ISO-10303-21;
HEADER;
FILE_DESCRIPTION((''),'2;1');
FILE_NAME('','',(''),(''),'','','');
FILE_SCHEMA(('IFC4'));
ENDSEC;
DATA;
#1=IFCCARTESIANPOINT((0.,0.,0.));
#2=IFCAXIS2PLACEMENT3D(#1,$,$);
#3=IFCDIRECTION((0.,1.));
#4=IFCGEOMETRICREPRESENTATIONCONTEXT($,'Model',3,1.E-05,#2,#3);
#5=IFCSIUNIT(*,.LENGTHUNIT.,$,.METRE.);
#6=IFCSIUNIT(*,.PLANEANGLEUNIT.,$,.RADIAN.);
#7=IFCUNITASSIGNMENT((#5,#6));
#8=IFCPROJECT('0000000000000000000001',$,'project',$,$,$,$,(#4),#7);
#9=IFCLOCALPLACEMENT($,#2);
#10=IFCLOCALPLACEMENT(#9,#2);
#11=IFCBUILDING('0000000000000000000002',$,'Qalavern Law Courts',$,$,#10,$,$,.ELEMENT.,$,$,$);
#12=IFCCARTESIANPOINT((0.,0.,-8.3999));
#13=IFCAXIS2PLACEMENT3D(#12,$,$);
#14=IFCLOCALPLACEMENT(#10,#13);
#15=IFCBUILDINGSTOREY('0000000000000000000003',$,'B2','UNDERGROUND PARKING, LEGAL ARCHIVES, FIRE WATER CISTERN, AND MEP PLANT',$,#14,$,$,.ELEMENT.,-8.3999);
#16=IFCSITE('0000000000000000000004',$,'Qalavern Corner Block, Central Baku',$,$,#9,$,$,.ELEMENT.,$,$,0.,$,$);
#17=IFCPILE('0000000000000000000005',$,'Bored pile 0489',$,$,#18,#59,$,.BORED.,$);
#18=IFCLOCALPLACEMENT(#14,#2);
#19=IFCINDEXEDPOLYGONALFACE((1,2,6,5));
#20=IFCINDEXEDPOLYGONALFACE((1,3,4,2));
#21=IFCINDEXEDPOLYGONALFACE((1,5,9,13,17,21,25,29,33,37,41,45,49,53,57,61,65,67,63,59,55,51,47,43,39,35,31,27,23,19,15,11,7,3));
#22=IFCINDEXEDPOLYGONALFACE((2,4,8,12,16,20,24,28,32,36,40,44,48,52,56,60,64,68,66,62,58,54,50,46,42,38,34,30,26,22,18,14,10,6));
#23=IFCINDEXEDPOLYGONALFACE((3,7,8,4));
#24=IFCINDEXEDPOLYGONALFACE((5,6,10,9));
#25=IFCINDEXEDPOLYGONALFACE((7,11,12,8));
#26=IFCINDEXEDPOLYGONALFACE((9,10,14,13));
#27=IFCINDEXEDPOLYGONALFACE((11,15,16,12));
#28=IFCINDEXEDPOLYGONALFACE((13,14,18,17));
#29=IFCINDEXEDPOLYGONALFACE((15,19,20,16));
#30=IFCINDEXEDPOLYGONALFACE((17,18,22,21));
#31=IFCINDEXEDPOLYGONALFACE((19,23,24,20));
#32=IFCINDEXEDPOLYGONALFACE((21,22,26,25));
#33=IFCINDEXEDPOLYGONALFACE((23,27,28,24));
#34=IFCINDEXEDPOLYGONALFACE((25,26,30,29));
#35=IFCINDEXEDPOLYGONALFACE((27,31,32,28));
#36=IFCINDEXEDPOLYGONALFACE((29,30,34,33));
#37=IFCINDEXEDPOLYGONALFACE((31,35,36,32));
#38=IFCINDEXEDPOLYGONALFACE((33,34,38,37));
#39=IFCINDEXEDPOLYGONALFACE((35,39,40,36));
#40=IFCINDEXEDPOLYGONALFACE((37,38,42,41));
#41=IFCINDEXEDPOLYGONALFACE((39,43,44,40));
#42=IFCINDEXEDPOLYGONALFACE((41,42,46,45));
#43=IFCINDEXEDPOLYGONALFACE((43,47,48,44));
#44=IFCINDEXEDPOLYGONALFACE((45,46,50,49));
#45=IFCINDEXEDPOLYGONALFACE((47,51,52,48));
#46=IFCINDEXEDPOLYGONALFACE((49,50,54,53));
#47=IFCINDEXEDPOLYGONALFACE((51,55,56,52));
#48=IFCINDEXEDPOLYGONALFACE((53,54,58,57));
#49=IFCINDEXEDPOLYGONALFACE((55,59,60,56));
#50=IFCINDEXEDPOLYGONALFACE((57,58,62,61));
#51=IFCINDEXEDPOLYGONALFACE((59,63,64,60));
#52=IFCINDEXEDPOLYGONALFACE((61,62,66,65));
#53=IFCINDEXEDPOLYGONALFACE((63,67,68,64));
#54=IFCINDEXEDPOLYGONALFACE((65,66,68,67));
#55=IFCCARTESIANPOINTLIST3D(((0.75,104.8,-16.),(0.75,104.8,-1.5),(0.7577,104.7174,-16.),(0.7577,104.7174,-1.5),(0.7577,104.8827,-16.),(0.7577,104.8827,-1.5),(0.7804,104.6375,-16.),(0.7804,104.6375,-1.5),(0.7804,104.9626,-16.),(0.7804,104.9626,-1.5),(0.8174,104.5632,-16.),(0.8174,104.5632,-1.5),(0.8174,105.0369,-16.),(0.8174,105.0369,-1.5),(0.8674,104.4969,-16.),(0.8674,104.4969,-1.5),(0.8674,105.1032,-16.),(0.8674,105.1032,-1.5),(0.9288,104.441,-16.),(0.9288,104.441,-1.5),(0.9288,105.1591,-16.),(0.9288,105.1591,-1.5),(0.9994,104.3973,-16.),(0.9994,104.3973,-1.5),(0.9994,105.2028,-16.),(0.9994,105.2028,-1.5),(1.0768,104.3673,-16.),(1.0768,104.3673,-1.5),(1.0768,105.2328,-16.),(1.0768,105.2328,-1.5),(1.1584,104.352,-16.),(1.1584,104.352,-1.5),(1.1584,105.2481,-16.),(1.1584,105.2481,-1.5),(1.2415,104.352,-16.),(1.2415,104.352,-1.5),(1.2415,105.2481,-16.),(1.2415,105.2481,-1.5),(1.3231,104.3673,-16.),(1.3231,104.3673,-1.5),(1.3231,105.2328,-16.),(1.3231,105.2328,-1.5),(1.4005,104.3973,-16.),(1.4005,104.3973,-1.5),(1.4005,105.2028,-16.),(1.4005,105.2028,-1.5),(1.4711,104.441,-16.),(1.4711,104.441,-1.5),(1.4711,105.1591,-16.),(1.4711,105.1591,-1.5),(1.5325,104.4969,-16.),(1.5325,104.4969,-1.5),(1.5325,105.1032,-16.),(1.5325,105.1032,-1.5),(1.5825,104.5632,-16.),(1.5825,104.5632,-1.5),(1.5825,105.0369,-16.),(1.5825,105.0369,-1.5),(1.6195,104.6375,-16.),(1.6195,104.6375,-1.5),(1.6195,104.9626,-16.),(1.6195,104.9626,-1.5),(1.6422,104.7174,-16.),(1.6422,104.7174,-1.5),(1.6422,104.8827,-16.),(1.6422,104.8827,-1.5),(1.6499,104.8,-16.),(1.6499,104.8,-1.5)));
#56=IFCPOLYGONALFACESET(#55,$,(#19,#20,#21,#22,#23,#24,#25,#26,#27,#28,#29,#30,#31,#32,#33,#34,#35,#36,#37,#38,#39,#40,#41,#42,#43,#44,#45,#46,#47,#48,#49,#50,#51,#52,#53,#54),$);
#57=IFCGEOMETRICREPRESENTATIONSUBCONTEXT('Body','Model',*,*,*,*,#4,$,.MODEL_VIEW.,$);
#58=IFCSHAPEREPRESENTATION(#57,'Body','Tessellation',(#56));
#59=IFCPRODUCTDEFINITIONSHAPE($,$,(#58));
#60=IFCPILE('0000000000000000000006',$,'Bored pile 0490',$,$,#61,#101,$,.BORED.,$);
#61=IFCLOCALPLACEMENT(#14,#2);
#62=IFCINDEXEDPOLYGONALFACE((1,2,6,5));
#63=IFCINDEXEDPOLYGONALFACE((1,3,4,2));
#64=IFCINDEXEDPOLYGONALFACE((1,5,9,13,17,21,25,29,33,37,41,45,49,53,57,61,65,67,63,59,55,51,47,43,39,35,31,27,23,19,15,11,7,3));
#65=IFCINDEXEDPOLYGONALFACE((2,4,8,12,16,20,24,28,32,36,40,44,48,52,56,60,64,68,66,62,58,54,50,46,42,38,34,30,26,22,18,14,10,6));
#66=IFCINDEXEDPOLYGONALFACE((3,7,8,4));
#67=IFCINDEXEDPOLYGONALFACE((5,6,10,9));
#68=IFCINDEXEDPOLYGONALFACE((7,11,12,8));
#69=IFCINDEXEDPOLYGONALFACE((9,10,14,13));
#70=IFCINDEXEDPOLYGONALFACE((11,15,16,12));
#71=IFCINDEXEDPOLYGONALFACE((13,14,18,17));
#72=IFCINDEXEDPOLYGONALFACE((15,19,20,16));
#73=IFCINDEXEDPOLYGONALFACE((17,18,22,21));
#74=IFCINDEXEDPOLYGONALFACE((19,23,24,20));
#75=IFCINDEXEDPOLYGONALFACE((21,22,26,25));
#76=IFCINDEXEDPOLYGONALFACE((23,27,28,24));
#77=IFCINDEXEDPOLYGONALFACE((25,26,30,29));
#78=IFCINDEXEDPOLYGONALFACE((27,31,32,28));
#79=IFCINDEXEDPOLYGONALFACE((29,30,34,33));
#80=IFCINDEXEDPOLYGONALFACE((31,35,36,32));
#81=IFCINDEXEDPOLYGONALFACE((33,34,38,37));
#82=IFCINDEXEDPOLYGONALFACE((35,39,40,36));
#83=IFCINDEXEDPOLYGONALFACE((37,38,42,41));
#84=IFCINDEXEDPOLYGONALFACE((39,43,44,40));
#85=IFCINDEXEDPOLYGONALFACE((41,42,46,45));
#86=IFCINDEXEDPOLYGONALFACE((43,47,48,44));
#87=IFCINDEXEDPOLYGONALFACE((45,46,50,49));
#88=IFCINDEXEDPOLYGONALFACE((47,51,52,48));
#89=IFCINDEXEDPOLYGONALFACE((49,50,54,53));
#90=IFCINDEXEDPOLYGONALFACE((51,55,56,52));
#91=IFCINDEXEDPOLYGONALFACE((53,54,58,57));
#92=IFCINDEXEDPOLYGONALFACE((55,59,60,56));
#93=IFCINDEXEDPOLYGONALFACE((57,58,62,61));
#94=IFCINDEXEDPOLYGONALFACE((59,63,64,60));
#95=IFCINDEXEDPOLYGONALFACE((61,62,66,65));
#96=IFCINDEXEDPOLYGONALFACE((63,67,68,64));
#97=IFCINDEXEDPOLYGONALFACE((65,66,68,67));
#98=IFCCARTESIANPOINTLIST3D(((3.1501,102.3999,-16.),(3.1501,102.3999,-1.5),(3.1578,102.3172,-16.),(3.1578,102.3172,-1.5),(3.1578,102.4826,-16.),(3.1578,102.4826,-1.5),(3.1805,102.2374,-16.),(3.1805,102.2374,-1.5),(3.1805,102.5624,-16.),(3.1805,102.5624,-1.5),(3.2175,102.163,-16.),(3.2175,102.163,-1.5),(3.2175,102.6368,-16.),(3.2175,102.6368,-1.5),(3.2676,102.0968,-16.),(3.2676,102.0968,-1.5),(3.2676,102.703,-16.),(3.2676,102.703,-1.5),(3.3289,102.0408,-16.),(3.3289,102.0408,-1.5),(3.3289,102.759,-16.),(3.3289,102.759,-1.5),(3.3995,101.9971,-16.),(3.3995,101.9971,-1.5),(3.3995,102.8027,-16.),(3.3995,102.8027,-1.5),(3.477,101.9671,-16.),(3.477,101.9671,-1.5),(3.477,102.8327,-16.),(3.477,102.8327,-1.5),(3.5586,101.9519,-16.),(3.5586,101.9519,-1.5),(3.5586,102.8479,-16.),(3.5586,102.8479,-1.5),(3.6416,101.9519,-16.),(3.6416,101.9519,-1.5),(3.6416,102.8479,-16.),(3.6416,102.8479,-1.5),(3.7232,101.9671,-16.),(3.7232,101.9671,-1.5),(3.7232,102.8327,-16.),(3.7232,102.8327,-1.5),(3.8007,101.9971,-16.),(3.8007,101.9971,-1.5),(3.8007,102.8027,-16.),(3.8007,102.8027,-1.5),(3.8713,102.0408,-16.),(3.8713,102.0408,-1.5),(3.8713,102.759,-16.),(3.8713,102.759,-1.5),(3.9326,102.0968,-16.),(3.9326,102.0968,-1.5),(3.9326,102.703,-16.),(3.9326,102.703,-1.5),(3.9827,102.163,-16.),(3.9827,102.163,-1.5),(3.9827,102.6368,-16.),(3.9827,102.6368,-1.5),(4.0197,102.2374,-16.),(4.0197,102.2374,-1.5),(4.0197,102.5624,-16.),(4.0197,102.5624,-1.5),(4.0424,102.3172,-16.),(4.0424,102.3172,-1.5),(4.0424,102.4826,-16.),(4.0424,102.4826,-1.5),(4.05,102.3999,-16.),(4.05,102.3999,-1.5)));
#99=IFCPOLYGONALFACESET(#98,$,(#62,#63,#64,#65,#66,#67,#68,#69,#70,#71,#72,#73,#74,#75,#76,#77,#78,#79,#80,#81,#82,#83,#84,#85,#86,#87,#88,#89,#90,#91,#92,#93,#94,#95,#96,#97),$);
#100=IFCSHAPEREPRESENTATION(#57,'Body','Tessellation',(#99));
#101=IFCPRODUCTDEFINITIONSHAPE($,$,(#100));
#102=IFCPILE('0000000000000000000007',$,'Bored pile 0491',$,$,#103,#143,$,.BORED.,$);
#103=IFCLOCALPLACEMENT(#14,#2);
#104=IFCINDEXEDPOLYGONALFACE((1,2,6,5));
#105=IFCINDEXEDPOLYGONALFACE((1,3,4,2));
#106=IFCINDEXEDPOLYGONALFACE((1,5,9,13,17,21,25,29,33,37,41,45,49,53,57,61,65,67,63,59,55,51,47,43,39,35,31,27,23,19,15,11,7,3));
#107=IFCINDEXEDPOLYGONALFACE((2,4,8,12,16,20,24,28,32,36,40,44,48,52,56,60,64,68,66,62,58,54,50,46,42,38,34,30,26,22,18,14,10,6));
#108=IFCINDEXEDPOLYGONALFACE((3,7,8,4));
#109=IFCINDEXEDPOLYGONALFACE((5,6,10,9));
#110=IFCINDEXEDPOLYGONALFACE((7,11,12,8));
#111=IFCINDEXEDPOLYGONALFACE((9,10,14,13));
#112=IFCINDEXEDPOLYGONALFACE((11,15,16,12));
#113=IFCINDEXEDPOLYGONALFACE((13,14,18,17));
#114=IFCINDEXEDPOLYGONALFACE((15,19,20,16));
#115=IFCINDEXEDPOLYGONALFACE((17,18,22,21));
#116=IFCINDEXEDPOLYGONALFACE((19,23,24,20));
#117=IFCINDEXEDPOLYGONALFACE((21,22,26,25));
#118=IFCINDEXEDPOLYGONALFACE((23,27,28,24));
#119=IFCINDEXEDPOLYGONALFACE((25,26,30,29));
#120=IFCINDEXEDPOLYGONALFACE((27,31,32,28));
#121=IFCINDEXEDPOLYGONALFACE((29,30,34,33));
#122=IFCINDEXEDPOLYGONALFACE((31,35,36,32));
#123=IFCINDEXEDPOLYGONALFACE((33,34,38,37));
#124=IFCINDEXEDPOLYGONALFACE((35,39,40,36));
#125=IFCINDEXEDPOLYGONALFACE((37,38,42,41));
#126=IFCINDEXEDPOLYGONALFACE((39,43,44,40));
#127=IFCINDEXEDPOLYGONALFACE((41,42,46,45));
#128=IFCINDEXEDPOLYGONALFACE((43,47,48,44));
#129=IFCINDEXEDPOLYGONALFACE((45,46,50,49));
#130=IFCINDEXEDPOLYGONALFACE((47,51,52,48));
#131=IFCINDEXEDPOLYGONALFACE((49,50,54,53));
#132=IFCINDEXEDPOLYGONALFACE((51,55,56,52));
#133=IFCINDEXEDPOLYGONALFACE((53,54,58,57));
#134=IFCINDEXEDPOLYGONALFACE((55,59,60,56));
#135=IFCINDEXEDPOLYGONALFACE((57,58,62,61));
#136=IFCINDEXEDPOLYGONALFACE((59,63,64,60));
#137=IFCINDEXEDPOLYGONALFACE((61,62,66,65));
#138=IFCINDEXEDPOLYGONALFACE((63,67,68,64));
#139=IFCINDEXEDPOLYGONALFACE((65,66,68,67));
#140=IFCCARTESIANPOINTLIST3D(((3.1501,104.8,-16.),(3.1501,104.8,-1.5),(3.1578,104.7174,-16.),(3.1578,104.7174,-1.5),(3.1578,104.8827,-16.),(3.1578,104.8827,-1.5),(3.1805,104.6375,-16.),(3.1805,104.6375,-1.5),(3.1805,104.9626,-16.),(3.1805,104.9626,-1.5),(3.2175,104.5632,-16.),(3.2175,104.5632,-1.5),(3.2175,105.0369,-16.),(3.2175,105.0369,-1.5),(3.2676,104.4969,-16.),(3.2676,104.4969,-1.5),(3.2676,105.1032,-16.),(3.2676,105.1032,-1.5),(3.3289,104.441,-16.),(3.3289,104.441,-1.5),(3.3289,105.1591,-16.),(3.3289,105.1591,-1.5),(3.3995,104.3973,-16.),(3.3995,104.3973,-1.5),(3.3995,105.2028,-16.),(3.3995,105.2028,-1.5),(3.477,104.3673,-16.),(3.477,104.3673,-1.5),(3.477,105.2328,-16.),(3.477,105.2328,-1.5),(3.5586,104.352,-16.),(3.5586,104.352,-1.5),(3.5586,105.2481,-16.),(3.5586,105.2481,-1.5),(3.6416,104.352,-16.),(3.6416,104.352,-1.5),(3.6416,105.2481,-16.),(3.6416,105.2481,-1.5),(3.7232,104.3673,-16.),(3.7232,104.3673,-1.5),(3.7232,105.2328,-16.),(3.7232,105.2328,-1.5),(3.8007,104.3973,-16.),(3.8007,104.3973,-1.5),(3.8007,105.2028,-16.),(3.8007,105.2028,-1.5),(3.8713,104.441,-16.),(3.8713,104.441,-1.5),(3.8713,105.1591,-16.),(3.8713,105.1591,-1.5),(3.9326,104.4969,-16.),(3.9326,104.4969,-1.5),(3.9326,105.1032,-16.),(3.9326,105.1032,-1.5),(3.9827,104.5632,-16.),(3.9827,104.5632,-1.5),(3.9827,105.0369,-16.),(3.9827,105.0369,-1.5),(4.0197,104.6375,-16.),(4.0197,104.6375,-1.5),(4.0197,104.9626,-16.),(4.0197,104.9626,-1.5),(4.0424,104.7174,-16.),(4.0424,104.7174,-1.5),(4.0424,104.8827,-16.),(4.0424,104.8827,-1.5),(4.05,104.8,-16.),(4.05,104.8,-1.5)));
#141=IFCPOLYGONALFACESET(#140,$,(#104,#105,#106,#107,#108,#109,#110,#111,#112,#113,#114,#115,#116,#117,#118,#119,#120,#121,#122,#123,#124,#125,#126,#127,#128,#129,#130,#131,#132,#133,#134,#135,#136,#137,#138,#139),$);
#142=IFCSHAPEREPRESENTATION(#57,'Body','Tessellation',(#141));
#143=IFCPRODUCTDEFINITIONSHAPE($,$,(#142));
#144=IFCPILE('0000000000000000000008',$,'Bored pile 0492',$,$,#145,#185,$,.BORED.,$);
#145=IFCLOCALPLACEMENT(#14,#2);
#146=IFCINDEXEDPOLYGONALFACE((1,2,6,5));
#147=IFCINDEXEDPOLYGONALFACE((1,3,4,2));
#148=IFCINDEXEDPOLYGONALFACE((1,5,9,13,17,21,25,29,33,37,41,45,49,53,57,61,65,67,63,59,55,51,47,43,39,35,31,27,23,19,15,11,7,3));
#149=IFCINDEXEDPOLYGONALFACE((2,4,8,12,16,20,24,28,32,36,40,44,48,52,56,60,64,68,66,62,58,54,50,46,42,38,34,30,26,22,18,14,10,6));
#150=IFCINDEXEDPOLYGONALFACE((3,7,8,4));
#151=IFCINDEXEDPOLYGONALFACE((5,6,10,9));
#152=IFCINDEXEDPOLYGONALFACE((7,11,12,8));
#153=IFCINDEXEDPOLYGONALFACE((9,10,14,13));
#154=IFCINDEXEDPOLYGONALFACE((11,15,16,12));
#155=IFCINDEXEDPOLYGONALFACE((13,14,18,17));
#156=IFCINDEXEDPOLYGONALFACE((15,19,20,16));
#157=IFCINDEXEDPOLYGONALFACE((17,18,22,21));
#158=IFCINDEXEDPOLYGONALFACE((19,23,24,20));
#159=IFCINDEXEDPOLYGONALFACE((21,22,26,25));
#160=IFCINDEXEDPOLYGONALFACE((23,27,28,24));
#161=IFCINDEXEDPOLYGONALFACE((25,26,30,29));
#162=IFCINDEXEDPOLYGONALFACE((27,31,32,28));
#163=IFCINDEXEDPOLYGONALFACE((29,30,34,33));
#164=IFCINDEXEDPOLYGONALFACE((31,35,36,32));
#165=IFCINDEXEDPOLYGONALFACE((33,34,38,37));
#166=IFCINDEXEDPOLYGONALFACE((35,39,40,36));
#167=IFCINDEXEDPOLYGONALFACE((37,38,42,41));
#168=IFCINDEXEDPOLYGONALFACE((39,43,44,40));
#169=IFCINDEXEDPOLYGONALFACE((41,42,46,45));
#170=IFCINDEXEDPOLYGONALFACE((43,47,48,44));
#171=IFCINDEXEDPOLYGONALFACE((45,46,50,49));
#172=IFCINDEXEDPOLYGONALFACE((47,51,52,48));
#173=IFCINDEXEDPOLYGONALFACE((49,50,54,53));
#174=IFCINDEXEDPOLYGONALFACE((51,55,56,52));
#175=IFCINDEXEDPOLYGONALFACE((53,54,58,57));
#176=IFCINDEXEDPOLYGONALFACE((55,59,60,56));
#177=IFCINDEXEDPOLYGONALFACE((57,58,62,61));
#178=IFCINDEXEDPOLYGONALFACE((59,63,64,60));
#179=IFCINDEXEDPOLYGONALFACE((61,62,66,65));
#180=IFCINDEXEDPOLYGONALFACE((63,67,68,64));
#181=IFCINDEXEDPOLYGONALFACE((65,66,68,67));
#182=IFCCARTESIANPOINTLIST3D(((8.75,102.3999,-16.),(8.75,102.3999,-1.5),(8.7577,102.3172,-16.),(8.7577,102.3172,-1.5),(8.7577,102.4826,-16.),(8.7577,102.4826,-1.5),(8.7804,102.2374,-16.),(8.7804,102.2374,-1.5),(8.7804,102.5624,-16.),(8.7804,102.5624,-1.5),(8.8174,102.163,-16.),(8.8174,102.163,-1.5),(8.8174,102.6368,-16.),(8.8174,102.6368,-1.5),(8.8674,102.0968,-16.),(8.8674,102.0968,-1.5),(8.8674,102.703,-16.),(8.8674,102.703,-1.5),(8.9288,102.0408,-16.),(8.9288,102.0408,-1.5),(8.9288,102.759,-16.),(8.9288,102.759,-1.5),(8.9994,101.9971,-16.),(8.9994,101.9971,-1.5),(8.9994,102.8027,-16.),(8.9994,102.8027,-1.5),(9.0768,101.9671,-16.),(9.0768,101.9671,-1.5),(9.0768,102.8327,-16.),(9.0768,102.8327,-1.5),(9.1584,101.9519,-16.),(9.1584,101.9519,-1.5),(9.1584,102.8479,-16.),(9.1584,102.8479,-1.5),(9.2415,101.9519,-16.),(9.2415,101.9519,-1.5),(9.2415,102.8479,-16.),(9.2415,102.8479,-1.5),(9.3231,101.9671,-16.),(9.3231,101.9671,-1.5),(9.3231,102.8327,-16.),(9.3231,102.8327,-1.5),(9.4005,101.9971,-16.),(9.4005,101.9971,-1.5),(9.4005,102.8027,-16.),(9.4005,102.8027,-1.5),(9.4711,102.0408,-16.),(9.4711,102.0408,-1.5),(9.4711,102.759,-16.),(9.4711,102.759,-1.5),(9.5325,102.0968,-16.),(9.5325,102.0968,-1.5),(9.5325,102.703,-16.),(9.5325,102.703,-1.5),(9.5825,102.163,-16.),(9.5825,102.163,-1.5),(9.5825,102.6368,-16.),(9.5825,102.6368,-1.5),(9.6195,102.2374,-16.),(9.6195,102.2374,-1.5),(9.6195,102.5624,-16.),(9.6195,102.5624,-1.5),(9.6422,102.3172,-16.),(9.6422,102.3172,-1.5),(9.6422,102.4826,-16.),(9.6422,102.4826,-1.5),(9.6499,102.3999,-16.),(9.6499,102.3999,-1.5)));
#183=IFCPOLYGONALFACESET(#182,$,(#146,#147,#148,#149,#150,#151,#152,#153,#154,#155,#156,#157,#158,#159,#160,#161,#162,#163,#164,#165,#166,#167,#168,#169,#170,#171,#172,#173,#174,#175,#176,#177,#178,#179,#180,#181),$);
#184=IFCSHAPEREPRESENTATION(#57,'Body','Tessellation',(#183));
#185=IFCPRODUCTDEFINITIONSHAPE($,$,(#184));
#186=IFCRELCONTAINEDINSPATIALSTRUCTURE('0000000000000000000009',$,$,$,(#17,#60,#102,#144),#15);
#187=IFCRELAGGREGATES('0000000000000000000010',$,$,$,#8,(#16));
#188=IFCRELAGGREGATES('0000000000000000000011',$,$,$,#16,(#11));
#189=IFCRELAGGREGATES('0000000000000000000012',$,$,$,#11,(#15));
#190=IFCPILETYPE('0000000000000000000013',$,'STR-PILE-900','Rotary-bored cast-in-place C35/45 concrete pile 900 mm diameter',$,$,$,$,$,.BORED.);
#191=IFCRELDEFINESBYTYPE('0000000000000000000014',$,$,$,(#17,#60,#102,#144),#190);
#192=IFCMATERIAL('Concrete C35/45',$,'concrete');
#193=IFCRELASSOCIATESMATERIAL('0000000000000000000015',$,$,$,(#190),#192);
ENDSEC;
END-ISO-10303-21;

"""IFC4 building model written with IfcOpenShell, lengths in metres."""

from ifc_helpers import new_model, si_unit, direction, frame, origin, origin_2d, place, context, subcontext, project, spatial, circle, extrude, material, material_profile, profile_set, type_object, element, save


model = new_model("IFC4")

# Units and contexts
model_context = context("Model", 3, precision=1e-05, world=origin(), true_north=direction((0.0, 1.0)))
body_context = subcontext(model_context, "Body", "Model", "MODEL_VIEW")
ifc_project = project(units=[si_unit("LENGTHUNIT", "METRE"), si_unit("PLANEANGLEUNIT", "RADIAN")], contexts=[model_context])

# Site, building, storey
site_placement = place(None, origin())
site = spatial("IfcSite", under=ifc_project, at=site_placement, Name="Qalavern Corner Block, Central Baku", CompositionType="ELEMENT", RefElevation=0.0)
building_placement = place(site_placement, origin())
building = spatial("IfcBuilding", under=site, at=building_placement, Name="Qalavern Law Courts", CompositionType="ELEMENT")
storey_placement = place(building_placement, frame((0.0, 0.0, -8.3999)))
storey = spatial("IfcBuildingStorey", under=building, at=storey_placement, Name="B2", Description="UNDERGROUND PARKING, LEGAL ARCHIVES, FIRE WATER CISTERN, AND MEP PLANT", CompositionType="ELEMENT", Elevation=-8.3999)

# Shared definitions
ifc_material_1 = material(Name="Concrete C35/45", Category="concrete")

# Piles
ifc_material_profile_1 = material_profile(ifc_material_1, circle(Radius=0.45, at=origin_2d()), Name="BORED PILE 900")
ifc_profile_set_1 = profile_set([ifc_material_profile_1], Name="Concrete C35/45")
pile_type_1 = type_object("IfcPileType", Name="STR-PILE-900", Description="Rotary-bored cast-in-place C35/45 concrete pile 900 mm diameter", PredefinedType="BORED", material=ifc_profile_set_1)
for number, where, z_axis, x_axis, name in (
    (1, (1.2, 104.8, -1.5), (0.0, 0.0, -1.0), (1.0, 0.0, 0.0), "Bored pile 0489"),
    (2, (3.6001, 102.3999, -1.5), (0.0, 0.0, -1.0), (1.0, 0.0, 0.0), "Bored pile 0490"),
    (3, (3.6001, 104.8, -1.5), (0.0, 0.0, -1.0), (1.0, 0.0, 0.0), "Bored pile 0491"),
    (4, (9.2, 102.3999, -1.5), (0.0, 0.0, -1.0), (1.0, 0.0, 0.0), "Bored pile 0492"),
):
    element("IfcPile", number, at=place(storey_placement, frame(where, z_axis=z_axis, x_axis=x_axis)), inside=storey, type_object=pile_type_1, Name=name, PredefinedType="BORED", context=body_context, shape_type="SweptSolid", body=[
        extrude(circle(Radius=0.45, at=origin_2d()), origin(), (0.0, 0.0, 1.0), 14.5),
    ])

save(model, "model.ifc")
